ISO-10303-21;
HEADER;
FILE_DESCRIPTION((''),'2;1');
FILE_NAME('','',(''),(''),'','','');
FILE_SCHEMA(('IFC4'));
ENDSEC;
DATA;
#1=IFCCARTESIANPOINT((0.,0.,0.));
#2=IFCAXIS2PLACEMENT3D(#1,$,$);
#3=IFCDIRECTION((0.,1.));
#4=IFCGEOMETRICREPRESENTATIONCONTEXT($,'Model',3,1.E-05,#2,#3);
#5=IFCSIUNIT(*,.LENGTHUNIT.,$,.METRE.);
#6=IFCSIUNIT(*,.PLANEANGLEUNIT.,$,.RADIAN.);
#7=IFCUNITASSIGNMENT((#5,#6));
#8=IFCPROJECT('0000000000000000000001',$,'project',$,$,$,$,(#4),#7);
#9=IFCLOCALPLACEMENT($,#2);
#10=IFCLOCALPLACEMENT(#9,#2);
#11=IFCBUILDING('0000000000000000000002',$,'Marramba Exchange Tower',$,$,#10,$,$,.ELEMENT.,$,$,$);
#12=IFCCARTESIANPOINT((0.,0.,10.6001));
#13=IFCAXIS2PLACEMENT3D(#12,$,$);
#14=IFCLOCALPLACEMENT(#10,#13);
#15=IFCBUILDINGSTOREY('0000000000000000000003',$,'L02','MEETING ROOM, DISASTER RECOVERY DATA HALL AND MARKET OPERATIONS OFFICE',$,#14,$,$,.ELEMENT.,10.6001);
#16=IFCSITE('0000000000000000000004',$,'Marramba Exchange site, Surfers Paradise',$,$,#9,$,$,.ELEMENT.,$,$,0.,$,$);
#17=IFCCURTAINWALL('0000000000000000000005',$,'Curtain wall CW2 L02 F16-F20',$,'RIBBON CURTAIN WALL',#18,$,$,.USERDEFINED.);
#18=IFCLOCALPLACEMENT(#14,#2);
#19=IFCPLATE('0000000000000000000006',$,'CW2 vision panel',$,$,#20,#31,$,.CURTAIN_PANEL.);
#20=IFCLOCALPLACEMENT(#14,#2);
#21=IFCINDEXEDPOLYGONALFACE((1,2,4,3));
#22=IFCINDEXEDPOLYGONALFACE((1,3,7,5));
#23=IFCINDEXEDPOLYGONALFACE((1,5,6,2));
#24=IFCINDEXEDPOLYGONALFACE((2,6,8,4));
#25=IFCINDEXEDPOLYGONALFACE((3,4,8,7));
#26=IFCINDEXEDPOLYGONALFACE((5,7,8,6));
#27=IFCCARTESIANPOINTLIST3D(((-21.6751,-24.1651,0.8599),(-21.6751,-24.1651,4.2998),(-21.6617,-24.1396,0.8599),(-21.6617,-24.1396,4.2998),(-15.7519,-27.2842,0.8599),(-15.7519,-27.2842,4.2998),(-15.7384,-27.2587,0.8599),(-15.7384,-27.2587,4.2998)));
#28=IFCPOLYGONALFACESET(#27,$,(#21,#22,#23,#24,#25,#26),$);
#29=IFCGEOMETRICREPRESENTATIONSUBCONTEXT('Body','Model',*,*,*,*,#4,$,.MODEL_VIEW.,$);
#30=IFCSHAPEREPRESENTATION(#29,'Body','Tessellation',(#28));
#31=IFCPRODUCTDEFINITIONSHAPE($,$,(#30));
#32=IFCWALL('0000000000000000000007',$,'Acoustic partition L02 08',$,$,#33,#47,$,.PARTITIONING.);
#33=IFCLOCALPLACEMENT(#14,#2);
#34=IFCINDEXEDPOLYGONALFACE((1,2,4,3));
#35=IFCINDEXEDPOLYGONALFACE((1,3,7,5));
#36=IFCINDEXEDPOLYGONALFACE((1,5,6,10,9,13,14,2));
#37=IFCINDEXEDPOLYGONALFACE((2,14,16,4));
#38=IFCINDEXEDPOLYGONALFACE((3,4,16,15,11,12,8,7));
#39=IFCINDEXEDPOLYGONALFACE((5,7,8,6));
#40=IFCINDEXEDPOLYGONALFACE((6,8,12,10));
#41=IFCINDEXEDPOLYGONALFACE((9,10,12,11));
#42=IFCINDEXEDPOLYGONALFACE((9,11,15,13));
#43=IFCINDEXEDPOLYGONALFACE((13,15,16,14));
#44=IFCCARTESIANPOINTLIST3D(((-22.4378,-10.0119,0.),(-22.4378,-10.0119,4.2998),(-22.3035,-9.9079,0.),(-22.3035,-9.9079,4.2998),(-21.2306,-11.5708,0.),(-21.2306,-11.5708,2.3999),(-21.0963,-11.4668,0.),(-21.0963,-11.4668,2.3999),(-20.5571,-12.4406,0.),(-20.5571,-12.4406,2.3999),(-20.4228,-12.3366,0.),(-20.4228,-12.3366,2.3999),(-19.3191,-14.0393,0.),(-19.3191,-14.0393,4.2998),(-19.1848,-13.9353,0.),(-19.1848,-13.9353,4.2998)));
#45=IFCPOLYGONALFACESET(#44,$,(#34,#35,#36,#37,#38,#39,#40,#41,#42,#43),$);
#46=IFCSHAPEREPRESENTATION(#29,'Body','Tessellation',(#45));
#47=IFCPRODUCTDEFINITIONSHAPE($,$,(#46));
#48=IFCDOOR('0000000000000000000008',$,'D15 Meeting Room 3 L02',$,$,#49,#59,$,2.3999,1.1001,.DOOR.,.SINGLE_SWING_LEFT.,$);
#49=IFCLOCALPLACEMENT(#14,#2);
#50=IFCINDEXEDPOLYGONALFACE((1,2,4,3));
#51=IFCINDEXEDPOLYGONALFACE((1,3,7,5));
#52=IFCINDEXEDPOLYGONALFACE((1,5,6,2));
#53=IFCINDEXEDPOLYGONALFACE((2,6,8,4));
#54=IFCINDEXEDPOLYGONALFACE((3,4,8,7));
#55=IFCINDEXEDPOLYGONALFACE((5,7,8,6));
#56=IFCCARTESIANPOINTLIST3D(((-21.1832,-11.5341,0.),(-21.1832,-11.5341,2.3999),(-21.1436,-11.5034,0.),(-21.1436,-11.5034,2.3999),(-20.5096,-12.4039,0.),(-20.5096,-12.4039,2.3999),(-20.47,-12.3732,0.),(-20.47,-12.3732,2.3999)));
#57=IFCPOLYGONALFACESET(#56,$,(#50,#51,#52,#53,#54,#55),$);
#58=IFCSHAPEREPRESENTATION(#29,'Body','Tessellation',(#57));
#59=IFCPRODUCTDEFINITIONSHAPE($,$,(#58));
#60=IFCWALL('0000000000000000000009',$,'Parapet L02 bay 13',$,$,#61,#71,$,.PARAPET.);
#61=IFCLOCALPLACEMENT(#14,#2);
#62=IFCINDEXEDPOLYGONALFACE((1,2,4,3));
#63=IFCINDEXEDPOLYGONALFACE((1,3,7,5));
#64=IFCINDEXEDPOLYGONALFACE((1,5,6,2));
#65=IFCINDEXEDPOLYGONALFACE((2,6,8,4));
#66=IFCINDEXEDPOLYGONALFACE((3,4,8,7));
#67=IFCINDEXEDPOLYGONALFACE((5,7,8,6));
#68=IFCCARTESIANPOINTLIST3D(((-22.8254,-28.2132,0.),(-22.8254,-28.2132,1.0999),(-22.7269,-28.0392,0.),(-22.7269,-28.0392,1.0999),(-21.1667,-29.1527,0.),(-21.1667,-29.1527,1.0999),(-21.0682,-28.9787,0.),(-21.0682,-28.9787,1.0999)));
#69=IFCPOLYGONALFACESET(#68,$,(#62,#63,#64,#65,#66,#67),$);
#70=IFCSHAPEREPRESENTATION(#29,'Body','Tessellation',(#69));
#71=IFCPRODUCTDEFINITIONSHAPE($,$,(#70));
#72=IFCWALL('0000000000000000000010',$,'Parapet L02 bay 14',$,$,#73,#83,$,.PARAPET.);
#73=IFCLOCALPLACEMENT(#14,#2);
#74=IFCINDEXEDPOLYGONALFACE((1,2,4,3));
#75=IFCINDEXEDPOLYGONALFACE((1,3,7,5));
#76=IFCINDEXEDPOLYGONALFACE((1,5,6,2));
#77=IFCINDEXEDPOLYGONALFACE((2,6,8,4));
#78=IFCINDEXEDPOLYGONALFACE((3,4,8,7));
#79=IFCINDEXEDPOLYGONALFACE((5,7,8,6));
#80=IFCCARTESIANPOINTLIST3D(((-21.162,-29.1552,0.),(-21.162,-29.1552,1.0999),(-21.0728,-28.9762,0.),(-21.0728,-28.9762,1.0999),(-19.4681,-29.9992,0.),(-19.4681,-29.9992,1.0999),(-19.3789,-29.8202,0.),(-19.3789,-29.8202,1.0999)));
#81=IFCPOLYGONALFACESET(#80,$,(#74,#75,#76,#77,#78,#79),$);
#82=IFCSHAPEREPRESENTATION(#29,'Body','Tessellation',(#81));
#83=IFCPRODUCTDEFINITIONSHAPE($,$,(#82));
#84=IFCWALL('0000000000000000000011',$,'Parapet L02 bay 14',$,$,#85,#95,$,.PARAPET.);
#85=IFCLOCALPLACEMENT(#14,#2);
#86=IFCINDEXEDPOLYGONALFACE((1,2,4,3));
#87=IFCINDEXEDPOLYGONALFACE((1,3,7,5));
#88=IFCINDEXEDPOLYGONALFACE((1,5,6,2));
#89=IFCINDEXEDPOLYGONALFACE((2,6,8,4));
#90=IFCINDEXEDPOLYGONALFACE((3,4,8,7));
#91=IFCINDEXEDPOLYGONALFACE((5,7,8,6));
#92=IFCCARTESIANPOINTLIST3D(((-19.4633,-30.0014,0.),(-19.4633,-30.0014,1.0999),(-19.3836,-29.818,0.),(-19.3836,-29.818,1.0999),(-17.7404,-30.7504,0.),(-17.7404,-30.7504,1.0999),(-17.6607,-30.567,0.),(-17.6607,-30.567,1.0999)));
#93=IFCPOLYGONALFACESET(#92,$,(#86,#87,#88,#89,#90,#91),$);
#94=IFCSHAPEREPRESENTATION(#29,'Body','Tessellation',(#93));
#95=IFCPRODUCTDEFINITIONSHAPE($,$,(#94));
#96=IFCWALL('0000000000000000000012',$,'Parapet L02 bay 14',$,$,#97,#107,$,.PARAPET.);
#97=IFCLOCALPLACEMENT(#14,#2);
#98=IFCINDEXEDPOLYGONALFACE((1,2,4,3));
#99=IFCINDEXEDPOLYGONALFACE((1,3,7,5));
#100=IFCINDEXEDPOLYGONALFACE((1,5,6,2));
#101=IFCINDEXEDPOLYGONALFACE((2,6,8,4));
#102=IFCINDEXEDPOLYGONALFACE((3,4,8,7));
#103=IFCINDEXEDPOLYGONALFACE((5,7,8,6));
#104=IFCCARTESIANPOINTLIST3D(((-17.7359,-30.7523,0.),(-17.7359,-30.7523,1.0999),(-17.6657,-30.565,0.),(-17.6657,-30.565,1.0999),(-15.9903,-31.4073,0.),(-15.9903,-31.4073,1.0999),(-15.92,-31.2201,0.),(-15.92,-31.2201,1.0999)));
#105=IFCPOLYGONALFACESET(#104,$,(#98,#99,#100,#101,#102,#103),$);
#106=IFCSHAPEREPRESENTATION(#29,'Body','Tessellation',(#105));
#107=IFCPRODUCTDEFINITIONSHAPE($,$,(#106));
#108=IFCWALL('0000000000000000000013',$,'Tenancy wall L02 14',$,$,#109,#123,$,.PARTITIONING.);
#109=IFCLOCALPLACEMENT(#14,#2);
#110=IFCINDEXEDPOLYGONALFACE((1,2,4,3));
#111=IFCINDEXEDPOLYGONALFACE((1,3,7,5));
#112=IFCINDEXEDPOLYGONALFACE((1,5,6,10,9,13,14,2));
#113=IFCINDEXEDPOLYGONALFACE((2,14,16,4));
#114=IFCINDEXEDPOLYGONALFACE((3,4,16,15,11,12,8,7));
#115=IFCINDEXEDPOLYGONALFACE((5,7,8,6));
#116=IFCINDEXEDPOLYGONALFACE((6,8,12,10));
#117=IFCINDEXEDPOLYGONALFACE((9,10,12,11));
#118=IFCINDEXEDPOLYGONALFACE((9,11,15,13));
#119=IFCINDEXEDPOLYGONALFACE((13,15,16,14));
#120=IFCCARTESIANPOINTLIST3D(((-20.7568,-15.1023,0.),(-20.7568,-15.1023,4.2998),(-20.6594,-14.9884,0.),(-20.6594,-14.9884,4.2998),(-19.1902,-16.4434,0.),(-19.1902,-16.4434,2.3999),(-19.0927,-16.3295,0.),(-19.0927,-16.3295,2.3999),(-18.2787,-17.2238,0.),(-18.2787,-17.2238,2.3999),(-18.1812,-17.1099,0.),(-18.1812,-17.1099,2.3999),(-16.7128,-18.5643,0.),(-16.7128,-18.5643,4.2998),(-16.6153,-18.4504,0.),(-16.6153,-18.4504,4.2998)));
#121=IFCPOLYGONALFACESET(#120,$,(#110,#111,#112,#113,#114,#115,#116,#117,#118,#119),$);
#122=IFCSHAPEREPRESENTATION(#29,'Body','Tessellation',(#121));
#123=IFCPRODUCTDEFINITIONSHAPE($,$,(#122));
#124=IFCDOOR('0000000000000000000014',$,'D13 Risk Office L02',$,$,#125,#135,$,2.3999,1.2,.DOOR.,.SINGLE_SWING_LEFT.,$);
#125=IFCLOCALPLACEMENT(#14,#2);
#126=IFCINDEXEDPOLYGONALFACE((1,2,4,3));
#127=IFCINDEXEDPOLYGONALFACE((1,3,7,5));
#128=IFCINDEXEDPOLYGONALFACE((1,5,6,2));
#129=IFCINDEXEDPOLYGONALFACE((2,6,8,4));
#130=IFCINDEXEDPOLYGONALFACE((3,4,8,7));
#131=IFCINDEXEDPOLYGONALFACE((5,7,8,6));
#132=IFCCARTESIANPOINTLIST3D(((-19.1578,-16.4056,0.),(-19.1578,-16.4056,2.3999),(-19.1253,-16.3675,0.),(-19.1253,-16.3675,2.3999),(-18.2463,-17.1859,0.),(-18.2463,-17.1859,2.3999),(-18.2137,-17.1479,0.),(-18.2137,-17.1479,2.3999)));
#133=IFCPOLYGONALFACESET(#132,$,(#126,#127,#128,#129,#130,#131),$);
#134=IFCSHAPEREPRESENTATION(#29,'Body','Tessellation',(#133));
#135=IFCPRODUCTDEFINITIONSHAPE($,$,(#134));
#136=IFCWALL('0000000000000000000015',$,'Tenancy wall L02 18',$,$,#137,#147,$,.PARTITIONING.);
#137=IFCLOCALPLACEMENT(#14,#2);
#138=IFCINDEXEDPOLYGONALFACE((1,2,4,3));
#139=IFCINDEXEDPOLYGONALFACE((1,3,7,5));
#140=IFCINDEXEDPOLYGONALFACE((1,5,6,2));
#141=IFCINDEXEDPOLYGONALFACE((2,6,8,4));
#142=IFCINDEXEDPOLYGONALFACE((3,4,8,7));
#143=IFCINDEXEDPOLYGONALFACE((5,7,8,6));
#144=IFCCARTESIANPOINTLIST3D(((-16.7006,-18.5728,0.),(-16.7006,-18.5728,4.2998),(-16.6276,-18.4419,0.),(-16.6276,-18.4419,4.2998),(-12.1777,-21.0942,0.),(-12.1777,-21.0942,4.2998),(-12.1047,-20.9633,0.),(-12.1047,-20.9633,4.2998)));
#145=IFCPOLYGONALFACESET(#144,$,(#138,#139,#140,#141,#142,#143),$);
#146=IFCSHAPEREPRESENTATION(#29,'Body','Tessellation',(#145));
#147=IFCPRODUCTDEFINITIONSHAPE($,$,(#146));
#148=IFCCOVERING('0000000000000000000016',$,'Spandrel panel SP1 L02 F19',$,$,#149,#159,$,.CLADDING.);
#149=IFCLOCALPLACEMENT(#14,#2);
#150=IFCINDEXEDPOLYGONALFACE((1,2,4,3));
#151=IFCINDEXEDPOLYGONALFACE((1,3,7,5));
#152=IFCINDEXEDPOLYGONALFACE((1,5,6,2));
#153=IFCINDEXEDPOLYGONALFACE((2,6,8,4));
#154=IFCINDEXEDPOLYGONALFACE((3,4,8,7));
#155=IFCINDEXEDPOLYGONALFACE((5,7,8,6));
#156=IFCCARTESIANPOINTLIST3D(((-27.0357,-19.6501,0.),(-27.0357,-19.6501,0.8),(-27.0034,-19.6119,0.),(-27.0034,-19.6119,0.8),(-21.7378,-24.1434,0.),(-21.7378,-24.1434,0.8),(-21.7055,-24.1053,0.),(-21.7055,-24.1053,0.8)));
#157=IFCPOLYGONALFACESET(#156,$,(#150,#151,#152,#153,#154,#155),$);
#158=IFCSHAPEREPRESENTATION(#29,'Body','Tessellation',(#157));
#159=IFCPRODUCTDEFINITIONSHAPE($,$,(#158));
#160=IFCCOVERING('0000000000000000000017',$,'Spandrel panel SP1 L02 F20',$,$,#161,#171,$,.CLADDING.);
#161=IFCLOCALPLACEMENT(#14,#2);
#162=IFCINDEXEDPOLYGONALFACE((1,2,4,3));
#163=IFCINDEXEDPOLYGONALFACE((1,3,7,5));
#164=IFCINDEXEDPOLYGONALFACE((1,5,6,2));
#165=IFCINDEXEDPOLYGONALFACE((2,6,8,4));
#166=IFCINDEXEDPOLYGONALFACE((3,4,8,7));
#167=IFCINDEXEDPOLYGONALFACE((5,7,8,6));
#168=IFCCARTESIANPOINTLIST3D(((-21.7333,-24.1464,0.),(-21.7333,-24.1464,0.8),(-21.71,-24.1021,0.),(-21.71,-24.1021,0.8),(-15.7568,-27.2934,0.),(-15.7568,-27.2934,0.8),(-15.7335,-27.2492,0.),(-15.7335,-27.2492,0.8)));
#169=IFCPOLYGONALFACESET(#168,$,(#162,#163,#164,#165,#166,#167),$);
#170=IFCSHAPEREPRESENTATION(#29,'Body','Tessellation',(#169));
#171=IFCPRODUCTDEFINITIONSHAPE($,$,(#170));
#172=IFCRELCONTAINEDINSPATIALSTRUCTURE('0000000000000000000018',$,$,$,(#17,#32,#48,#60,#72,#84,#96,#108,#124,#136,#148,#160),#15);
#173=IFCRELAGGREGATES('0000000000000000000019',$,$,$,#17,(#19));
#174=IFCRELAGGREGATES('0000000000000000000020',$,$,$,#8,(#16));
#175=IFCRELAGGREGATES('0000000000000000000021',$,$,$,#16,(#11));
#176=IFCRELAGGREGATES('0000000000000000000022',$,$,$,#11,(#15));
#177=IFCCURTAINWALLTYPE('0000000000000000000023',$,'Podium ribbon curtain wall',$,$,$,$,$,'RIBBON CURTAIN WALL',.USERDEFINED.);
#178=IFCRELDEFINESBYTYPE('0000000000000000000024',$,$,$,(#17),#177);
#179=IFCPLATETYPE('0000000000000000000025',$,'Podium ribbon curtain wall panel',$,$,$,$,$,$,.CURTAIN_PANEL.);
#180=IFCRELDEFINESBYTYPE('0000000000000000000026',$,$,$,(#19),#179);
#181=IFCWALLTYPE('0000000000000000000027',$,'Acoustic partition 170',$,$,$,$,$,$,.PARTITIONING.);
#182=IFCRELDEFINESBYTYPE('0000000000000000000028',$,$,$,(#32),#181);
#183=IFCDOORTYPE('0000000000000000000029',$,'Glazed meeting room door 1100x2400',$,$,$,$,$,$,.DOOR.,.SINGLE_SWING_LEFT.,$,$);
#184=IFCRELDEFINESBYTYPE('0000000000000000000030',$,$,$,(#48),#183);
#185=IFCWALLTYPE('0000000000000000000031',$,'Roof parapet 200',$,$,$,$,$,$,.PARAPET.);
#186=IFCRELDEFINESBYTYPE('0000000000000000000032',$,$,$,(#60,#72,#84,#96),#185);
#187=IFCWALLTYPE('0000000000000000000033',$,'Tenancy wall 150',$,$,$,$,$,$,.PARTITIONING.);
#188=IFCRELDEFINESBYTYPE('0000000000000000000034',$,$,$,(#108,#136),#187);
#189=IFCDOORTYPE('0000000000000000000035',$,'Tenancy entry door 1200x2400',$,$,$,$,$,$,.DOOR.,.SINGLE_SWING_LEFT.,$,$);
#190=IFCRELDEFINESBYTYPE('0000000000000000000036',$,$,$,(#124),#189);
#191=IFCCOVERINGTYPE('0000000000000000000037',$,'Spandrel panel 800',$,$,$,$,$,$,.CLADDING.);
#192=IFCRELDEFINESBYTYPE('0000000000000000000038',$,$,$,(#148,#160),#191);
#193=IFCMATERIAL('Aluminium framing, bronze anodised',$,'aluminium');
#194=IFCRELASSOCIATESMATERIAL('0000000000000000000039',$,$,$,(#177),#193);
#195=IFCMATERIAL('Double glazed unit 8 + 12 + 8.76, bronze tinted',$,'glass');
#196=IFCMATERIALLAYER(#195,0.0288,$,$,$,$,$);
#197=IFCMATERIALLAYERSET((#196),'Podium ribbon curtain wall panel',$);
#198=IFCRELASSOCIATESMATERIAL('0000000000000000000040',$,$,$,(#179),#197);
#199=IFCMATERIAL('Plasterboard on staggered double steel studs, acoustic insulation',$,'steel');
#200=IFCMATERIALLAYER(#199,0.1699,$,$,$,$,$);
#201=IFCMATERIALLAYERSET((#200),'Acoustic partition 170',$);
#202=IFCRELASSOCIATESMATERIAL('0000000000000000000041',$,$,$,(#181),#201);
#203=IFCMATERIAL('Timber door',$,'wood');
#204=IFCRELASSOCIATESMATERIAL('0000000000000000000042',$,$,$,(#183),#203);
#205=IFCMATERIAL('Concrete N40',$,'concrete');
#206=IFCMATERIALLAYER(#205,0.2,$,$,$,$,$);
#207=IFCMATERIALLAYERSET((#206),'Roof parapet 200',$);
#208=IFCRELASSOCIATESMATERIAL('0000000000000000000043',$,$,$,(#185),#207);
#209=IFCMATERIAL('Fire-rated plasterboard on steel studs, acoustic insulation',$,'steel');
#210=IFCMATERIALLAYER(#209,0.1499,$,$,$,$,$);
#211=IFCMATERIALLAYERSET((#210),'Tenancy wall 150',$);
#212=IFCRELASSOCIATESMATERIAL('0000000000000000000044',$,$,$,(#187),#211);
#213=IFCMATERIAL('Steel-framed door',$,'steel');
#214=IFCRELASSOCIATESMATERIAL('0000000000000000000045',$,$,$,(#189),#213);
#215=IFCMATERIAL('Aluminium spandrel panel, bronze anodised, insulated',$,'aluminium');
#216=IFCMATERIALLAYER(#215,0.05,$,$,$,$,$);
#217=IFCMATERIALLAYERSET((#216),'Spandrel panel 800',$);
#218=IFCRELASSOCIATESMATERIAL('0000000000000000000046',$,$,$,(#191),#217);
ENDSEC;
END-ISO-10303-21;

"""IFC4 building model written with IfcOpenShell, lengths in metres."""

from ifc_helpers import new_model, si_unit, direction, frame, frame_2d, origin, origin_2d, place, context, subcontext, project, spatial, rectangle, extrude, material, layer, layer_set, type_object, element, fill, aggregate, save


model = new_model("IFC4")

# Units and contexts
model_context = context("Model", 3, precision=1e-05, world=origin(), true_north=direction((0.0, 1.0)))
body_context = subcontext(model_context, "Body", "Model", "MODEL_VIEW")
ifc_project = project(units=[si_unit("LENGTHUNIT", "METRE"), si_unit("PLANEANGLEUNIT", "RADIAN")], contexts=[model_context])

# Site, building, storey
site_placement = place(None, origin())
site = spatial("IfcSite", under=ifc_project, at=site_placement, Name="Marramba Exchange site, Surfers Paradise", CompositionType="ELEMENT", RefElevation=0.0)
building_placement = place(site_placement, origin())
building = spatial("IfcBuilding", under=site, at=building_placement, Name="Marramba Exchange Tower", CompositionType="ELEMENT")
storey_placement = place(building_placement, frame((0.0, 0.0, 10.6001)))
storey = spatial("IfcBuildingStorey", under=building, at=storey_placement, Name="L02", Description="MEETING ROOM, DISASTER RECOVERY DATA HALL AND MARKET OPERATIONS OFFICE", CompositionType="ELEMENT", Elevation=10.6001)

# Curtain wall
ifc_material_1 = material(Name="Aluminium framing, bronze anodised", Category="aluminium")
curtain_wall_type = type_object("IfcCurtainWallType", Name="Podium ribbon curtain wall", ElementType="RIBBON CURTAIN WALL", PredefinedType="USERDEFINED", material=ifc_material_1)
curtain_wall_placement = place(storey_placement, origin())
curtain_wall = element("IfcCurtainWall", 1, at=curtain_wall_placement, inside=storey, type_object=curtain_wall_type, Name="Curtain wall CW2 L02 F16-F20", ObjectType="RIBBON CURTAIN WALL", PredefinedType="USERDEFINED")

# Plate
ifc_material_2 = material(Name="Double glazed unit 8 + 12 + 8.76, bronze tinted", Category="glass")
ifc_layer_1 = layer(ifc_material_2, 0.0288)
ifc_layer_set_1 = layer_set([ifc_layer_1], Name="Podium ribbon curtain wall panel")
plate_type = type_object("IfcPlateType", Name="Podium ribbon curtain wall panel", PredefinedType="CURTAIN_PANEL", material=ifc_layer_set_1)
plate_1_placement = place(storey_placement, frame((-18.7068, -25.7119, 0.8599), z_axis=(0.0, 0.0, 1.0), x_axis=(0.884821, -0.46593, 0.0)))
plate_1 = element("IfcPlate", 2, at=plate_1_placement, type_object=plate_type, Name="CW2 vision panel", PredefinedType="CURTAIN_PANEL", context=body_context, shape_type="SweptSolid", body=[
    extrude(rectangle(XDim=6.6943, YDim=0.0288, at=origin_2d()), origin(), (0.0, 0.0, 1.0), 3.4399),
])
aggregate(curtain_wall, [plate_1])

# Wall, opening, door
ifc_material_3 = material(Name="Plasterboard on staggered double steel studs, acoustic insulation", Category="steel")
ifc_layer_2 = layer(ifc_material_3, 0.1699)
ifc_layer_set_2 = layer_set([ifc_layer_2], Name="Acoustic partition 170")
wall_type_1 = type_object("IfcWallType", Name="Acoustic partition 170", PredefinedType="PARTITIONING", material=ifc_layer_set_2)
wall_1_placement = place(storey_placement, frame((-19.252, -13.9873, 0.0), z_axis=(0.0, 0.0, 1.0), x_axis=(-0.61226, 0.790656, 0.0)))
wall_1 = element("IfcWall", 3, at=wall_1_placement, inside=storey, type_object=wall_type_1, Name="Acoustic partition L02 08", PredefinedType="PARTITIONING", context=body_context, shape_type="SweptSolid", body=[
    extrude(rectangle(XDim=5.0938, YDim=0.1699, at=frame_2d((2.5469, 0.0))), origin(), (0.0, 0.0, 1.0), 4.2998),
])
opening_1_placement = place(wall_1_placement, frame((2.022, 0.0, 0.0)))
opening_1 = element("IfcOpeningElement", 4, at=opening_1_placement, cuts=wall_1, PredefinedType="OPENING", context=body_context, shape_type="SweptSolid", body=[
    extrude(rectangle(XDim=1.1001, YDim=2.3999, at=frame_2d((0.55, 1.2))), frame((0.0, 0.095, 0.0), z_axis=(0.0, -1.0, 0.0), x_axis=(1.0, 0.0, 0.0)), (0.0, 0.0, 1.0), 0.1899),
])
ifc_material_4 = material(Name="Timber door", Category="wood")
door_type_1 = type_object("IfcDoorType", Name="Glazed meeting room door 1100x2400", OperationType="SINGLE_SWING_LEFT", PredefinedType="DOOR", material=ifc_material_4)
door_1_placement = place(opening_1_placement, frame((1.1001, 0.0, 0.0), z_axis=(0.0, 0.0, 1.0), x_axis=(-1.0, 0.0, 0.0)))
door_1 = element("IfcDoor", 5, at=door_1_placement, inside=storey, type_object=door_type_1, Name="D15 Meeting Room 3 L02", OperationType="SINGLE_SWING_LEFT", OverallHeight=2.3999, OverallWidth=1.1001, PredefinedType="DOOR", context=body_context, shape_type="SweptSolid", body=[
    extrude(rectangle(XDim=1.1001, YDim=2.3999, at=frame_2d((0.55, 1.2))), frame((0.0, 0.0251, 0.0), z_axis=(0.0, -1.0, 0.0), x_axis=(1.0, 0.0, 0.0)), (0.0, 0.0, 1.0), 0.05),
])
fill(opening_1, door_1)

# Walls
ifc_material_5 = material(Name="Concrete N40", Category="concrete")
ifc_layer_3 = layer(ifc_material_5, 0.2)
ifc_layer_set_3 = layer_set([ifc_layer_3], Name="Roof parapet 200")
wall_type_2 = type_object("IfcWallType", Name="Roof parapet 200", PredefinedType="PARAPET", material=ifc_layer_set_3)
wall_2_placement = place(storey_placement, frame((-22.7761, -28.1262, 0.0), z_axis=(0.0, 0.0, 1.0), x_axis=(0.870128, -0.492825, 0.0)))
element("IfcWall", 6, at=wall_2_placement, inside=storey, type_object=wall_type_2, Name="Parapet L02 bay 13", PredefinedType="PARAPET", context=body_context, shape_type="SweptSolid", body=[
    extrude(rectangle(XDim=1.9062, YDim=0.2, at=frame_2d((0.9531, 0.0))), origin(), (0.0, 0.0, 1.0), 1.0999),
])
wall_3_placement = place(storey_placement, frame((-21.1174, -29.0657, 0.0), z_axis=(0.0, 0.0, 1.0), x_axis=(0.895046, -0.445975, 0.0)))
element("IfcWall", 7, at=wall_3_placement, inside=storey, type_object=wall_type_2, Name="Parapet L02 bay 14", PredefinedType="PARAPET", context=body_context, shape_type="SweptSolid", body=[
    extrude(rectangle(XDim=1.8926, YDim=0.2, at=frame_2d((0.9463, 0.0))), origin(), (0.0, 0.0, 1.0), 1.0999),
])
wall_4_placement = place(storey_placement, frame((-19.4236, -29.9097, 0.0), z_axis=(0.0, 0.0, 1.0), x_axis=(0.917082, -0.398698, 0.0)))
element("IfcWall", 8, at=wall_4_placement, inside=storey, type_object=wall_type_2, Name="Parapet L02 bay 14", PredefinedType="PARAPET", context=body_context, shape_type="SweptSolid", body=[
    extrude(rectangle(XDim=1.8787, YDim=0.2, at=frame_2d((0.9395, 0.0))), origin(), (0.0, 0.0, 1.0), 1.0999),
])
wall_5_placement = place(storey_placement, frame((-17.7007, -30.6587, 0.0), z_axis=(0.0, 0.0, 1.0), x_axis=(0.936254, -0.351324, 0.0)))
element("IfcWall", 9, at=wall_5_placement, inside=storey, type_object=wall_type_2, Name="Parapet L02 bay 14", PredefinedType="PARAPET", context=body_context, shape_type="SweptSolid", body=[
    extrude(rectangle(XDim=1.8645, YDim=0.2, at=frame_2d((0.9321, 0.0))), origin(), (0.0, 0.0, 1.0), 1.0999),
])

# Wall, opening, door
ifc_material_6 = material(Name="Fire-rated plasterboard on steel studs, acoustic insulation", Category="steel")
ifc_layer_4 = layer(ifc_material_6, 0.1499)
ifc_layer_set_4 = layer_set([ifc_layer_4], Name="Tenancy wall 150")
wall_type_3 = type_object("IfcWallType", Name="Tenancy wall 150", PredefinedType="PARTITIONING", material=ifc_layer_set_4)
wall_6_placement = place(storey_placement, frame((-20.708, -15.0454, 0.0), z_axis=(0.0, 0.0, 1.0), x_axis=(0.759658, -0.650323, 0.0)))
wall_6 = element("IfcWall", 10, at=wall_6_placement, inside=storey, type_object=wall_type_3, Name="Tenancy wall L02 14", PredefinedType="PARTITIONING", context=body_context, shape_type="SweptSolid", body=[
    extrude(rectangle(XDim=5.3235, YDim=0.1499, at=frame_2d((2.6616, 0.0))), origin(), (0.0, 0.0, 1.0), 4.2998),
])
opening_2_placement = place(wall_6_placement, frame((2.062, 0.0, 0.0)))
opening_2 = element("IfcOpeningElement", 11, at=opening_2_placement, cuts=wall_6, PredefinedType="OPENING", context=body_context, shape_type="SweptSolid", body=[
    extrude(rectangle(XDim=1.2, YDim=2.3999, at=frame_2d((0.6001, 1.2))), frame((0.0, 0.085, 0.0), z_axis=(0.0, -1.0, 0.0), x_axis=(1.0, 0.0, 0.0)), (0.0, 0.0, 1.0), 0.1699),
])
ifc_material_7 = material(Name="Steel-framed door", Category="steel")
door_type_2 = type_object("IfcDoorType", Name="Tenancy entry door 1200x2400", OperationType="SINGLE_SWING_LEFT", PredefinedType="DOOR", material=ifc_material_7)
door_2_placement = place(opening_2_placement, origin())
door_2 = element("IfcDoor", 12, at=door_2_placement, inside=storey, type_object=door_type_2, Name="D13 Risk Office L02", OperationType="SINGLE_SWING_LEFT", OverallHeight=2.3999, OverallWidth=1.2, PredefinedType="DOOR", context=body_context, shape_type="SweptSolid", body=[
    extrude(rectangle(XDim=1.2, YDim=2.3999, at=frame_2d((0.6001, 1.2))), frame((0.0, 0.0249, 0.0), z_axis=(0.0, -1.0, 0.0), x_axis=(1.0, 0.0, 0.0)), (0.0, 0.0, 1.0), 0.05),
])
fill(opening_2, door_2)

# Wall
wall_7_placement = place(storey_placement, frame((-16.6641, -18.5073, 0.0), z_axis=(0.0, 0.0, 1.0), x_axis=(0.87344, -0.486931, 0.0)))
element("IfcWall", 13, at=wall_7_placement, inside=storey, type_object=wall_type_3, Name="Tenancy wall L02 18", PredefinedType="PARTITIONING", context=body_context, shape_type="SweptSolid", body=[
    extrude(rectangle(XDim=5.1782, YDim=0.1499, at=frame_2d((2.5891, 0.0))), origin(), (0.0, 0.0, 1.0), 4.2998),
])

# Coverings
ifc_material_8 = material(Name="Aluminium spandrel panel, bronze anodised, insulated", Category="aluminium")
ifc_layer_5 = layer(ifc_material_8, 0.05)
ifc_layer_set_5 = layer_set([ifc_layer_5], Name="Spandrel panel 800")
covering_type = type_object("IfcCoveringType", Name="Spandrel panel 800", PredefinedType="CLADDING", material=ifc_layer_set_5)
covering_1_placement = place(storey_placement, frame((-24.3706, -21.8777, 0.0), z_axis=(0.0, 0.0, 1.0), x_axis=(0.762643, -0.646819, 0.0)))
element("IfcCovering", 14, at=covering_1_placement, inside=storey, type_object=covering_type, Name="Spandrel panel SP1 L02 F19", PredefinedType="CLADDING", context=body_context, shape_type="SweptSolid", body=[
    extrude(rectangle(XDim=6.9468, YDim=0.05, at=origin_2d()), origin(), (0.0, 0.0, 1.0), 0.8),
])
covering_2_placement = place(storey_placement, frame((-18.7334, -25.6978, 0.0), z_axis=(0.0, 0.0, 1.0), x_axis=(0.884821, -0.46593, 0.0)))
element("IfcCovering", 15, at=covering_2_placement, inside=storey, type_object=covering_type, Name="Spandrel panel SP1 L02 F20", PredefinedType="CLADDING", context=body_context, shape_type="SweptSolid", body=[
    extrude(rectangle(XDim=6.7544, YDim=0.05, at=origin_2d()), origin(), (0.0, 0.0, 1.0), 0.8),
])

save(model, "model.ifc")
